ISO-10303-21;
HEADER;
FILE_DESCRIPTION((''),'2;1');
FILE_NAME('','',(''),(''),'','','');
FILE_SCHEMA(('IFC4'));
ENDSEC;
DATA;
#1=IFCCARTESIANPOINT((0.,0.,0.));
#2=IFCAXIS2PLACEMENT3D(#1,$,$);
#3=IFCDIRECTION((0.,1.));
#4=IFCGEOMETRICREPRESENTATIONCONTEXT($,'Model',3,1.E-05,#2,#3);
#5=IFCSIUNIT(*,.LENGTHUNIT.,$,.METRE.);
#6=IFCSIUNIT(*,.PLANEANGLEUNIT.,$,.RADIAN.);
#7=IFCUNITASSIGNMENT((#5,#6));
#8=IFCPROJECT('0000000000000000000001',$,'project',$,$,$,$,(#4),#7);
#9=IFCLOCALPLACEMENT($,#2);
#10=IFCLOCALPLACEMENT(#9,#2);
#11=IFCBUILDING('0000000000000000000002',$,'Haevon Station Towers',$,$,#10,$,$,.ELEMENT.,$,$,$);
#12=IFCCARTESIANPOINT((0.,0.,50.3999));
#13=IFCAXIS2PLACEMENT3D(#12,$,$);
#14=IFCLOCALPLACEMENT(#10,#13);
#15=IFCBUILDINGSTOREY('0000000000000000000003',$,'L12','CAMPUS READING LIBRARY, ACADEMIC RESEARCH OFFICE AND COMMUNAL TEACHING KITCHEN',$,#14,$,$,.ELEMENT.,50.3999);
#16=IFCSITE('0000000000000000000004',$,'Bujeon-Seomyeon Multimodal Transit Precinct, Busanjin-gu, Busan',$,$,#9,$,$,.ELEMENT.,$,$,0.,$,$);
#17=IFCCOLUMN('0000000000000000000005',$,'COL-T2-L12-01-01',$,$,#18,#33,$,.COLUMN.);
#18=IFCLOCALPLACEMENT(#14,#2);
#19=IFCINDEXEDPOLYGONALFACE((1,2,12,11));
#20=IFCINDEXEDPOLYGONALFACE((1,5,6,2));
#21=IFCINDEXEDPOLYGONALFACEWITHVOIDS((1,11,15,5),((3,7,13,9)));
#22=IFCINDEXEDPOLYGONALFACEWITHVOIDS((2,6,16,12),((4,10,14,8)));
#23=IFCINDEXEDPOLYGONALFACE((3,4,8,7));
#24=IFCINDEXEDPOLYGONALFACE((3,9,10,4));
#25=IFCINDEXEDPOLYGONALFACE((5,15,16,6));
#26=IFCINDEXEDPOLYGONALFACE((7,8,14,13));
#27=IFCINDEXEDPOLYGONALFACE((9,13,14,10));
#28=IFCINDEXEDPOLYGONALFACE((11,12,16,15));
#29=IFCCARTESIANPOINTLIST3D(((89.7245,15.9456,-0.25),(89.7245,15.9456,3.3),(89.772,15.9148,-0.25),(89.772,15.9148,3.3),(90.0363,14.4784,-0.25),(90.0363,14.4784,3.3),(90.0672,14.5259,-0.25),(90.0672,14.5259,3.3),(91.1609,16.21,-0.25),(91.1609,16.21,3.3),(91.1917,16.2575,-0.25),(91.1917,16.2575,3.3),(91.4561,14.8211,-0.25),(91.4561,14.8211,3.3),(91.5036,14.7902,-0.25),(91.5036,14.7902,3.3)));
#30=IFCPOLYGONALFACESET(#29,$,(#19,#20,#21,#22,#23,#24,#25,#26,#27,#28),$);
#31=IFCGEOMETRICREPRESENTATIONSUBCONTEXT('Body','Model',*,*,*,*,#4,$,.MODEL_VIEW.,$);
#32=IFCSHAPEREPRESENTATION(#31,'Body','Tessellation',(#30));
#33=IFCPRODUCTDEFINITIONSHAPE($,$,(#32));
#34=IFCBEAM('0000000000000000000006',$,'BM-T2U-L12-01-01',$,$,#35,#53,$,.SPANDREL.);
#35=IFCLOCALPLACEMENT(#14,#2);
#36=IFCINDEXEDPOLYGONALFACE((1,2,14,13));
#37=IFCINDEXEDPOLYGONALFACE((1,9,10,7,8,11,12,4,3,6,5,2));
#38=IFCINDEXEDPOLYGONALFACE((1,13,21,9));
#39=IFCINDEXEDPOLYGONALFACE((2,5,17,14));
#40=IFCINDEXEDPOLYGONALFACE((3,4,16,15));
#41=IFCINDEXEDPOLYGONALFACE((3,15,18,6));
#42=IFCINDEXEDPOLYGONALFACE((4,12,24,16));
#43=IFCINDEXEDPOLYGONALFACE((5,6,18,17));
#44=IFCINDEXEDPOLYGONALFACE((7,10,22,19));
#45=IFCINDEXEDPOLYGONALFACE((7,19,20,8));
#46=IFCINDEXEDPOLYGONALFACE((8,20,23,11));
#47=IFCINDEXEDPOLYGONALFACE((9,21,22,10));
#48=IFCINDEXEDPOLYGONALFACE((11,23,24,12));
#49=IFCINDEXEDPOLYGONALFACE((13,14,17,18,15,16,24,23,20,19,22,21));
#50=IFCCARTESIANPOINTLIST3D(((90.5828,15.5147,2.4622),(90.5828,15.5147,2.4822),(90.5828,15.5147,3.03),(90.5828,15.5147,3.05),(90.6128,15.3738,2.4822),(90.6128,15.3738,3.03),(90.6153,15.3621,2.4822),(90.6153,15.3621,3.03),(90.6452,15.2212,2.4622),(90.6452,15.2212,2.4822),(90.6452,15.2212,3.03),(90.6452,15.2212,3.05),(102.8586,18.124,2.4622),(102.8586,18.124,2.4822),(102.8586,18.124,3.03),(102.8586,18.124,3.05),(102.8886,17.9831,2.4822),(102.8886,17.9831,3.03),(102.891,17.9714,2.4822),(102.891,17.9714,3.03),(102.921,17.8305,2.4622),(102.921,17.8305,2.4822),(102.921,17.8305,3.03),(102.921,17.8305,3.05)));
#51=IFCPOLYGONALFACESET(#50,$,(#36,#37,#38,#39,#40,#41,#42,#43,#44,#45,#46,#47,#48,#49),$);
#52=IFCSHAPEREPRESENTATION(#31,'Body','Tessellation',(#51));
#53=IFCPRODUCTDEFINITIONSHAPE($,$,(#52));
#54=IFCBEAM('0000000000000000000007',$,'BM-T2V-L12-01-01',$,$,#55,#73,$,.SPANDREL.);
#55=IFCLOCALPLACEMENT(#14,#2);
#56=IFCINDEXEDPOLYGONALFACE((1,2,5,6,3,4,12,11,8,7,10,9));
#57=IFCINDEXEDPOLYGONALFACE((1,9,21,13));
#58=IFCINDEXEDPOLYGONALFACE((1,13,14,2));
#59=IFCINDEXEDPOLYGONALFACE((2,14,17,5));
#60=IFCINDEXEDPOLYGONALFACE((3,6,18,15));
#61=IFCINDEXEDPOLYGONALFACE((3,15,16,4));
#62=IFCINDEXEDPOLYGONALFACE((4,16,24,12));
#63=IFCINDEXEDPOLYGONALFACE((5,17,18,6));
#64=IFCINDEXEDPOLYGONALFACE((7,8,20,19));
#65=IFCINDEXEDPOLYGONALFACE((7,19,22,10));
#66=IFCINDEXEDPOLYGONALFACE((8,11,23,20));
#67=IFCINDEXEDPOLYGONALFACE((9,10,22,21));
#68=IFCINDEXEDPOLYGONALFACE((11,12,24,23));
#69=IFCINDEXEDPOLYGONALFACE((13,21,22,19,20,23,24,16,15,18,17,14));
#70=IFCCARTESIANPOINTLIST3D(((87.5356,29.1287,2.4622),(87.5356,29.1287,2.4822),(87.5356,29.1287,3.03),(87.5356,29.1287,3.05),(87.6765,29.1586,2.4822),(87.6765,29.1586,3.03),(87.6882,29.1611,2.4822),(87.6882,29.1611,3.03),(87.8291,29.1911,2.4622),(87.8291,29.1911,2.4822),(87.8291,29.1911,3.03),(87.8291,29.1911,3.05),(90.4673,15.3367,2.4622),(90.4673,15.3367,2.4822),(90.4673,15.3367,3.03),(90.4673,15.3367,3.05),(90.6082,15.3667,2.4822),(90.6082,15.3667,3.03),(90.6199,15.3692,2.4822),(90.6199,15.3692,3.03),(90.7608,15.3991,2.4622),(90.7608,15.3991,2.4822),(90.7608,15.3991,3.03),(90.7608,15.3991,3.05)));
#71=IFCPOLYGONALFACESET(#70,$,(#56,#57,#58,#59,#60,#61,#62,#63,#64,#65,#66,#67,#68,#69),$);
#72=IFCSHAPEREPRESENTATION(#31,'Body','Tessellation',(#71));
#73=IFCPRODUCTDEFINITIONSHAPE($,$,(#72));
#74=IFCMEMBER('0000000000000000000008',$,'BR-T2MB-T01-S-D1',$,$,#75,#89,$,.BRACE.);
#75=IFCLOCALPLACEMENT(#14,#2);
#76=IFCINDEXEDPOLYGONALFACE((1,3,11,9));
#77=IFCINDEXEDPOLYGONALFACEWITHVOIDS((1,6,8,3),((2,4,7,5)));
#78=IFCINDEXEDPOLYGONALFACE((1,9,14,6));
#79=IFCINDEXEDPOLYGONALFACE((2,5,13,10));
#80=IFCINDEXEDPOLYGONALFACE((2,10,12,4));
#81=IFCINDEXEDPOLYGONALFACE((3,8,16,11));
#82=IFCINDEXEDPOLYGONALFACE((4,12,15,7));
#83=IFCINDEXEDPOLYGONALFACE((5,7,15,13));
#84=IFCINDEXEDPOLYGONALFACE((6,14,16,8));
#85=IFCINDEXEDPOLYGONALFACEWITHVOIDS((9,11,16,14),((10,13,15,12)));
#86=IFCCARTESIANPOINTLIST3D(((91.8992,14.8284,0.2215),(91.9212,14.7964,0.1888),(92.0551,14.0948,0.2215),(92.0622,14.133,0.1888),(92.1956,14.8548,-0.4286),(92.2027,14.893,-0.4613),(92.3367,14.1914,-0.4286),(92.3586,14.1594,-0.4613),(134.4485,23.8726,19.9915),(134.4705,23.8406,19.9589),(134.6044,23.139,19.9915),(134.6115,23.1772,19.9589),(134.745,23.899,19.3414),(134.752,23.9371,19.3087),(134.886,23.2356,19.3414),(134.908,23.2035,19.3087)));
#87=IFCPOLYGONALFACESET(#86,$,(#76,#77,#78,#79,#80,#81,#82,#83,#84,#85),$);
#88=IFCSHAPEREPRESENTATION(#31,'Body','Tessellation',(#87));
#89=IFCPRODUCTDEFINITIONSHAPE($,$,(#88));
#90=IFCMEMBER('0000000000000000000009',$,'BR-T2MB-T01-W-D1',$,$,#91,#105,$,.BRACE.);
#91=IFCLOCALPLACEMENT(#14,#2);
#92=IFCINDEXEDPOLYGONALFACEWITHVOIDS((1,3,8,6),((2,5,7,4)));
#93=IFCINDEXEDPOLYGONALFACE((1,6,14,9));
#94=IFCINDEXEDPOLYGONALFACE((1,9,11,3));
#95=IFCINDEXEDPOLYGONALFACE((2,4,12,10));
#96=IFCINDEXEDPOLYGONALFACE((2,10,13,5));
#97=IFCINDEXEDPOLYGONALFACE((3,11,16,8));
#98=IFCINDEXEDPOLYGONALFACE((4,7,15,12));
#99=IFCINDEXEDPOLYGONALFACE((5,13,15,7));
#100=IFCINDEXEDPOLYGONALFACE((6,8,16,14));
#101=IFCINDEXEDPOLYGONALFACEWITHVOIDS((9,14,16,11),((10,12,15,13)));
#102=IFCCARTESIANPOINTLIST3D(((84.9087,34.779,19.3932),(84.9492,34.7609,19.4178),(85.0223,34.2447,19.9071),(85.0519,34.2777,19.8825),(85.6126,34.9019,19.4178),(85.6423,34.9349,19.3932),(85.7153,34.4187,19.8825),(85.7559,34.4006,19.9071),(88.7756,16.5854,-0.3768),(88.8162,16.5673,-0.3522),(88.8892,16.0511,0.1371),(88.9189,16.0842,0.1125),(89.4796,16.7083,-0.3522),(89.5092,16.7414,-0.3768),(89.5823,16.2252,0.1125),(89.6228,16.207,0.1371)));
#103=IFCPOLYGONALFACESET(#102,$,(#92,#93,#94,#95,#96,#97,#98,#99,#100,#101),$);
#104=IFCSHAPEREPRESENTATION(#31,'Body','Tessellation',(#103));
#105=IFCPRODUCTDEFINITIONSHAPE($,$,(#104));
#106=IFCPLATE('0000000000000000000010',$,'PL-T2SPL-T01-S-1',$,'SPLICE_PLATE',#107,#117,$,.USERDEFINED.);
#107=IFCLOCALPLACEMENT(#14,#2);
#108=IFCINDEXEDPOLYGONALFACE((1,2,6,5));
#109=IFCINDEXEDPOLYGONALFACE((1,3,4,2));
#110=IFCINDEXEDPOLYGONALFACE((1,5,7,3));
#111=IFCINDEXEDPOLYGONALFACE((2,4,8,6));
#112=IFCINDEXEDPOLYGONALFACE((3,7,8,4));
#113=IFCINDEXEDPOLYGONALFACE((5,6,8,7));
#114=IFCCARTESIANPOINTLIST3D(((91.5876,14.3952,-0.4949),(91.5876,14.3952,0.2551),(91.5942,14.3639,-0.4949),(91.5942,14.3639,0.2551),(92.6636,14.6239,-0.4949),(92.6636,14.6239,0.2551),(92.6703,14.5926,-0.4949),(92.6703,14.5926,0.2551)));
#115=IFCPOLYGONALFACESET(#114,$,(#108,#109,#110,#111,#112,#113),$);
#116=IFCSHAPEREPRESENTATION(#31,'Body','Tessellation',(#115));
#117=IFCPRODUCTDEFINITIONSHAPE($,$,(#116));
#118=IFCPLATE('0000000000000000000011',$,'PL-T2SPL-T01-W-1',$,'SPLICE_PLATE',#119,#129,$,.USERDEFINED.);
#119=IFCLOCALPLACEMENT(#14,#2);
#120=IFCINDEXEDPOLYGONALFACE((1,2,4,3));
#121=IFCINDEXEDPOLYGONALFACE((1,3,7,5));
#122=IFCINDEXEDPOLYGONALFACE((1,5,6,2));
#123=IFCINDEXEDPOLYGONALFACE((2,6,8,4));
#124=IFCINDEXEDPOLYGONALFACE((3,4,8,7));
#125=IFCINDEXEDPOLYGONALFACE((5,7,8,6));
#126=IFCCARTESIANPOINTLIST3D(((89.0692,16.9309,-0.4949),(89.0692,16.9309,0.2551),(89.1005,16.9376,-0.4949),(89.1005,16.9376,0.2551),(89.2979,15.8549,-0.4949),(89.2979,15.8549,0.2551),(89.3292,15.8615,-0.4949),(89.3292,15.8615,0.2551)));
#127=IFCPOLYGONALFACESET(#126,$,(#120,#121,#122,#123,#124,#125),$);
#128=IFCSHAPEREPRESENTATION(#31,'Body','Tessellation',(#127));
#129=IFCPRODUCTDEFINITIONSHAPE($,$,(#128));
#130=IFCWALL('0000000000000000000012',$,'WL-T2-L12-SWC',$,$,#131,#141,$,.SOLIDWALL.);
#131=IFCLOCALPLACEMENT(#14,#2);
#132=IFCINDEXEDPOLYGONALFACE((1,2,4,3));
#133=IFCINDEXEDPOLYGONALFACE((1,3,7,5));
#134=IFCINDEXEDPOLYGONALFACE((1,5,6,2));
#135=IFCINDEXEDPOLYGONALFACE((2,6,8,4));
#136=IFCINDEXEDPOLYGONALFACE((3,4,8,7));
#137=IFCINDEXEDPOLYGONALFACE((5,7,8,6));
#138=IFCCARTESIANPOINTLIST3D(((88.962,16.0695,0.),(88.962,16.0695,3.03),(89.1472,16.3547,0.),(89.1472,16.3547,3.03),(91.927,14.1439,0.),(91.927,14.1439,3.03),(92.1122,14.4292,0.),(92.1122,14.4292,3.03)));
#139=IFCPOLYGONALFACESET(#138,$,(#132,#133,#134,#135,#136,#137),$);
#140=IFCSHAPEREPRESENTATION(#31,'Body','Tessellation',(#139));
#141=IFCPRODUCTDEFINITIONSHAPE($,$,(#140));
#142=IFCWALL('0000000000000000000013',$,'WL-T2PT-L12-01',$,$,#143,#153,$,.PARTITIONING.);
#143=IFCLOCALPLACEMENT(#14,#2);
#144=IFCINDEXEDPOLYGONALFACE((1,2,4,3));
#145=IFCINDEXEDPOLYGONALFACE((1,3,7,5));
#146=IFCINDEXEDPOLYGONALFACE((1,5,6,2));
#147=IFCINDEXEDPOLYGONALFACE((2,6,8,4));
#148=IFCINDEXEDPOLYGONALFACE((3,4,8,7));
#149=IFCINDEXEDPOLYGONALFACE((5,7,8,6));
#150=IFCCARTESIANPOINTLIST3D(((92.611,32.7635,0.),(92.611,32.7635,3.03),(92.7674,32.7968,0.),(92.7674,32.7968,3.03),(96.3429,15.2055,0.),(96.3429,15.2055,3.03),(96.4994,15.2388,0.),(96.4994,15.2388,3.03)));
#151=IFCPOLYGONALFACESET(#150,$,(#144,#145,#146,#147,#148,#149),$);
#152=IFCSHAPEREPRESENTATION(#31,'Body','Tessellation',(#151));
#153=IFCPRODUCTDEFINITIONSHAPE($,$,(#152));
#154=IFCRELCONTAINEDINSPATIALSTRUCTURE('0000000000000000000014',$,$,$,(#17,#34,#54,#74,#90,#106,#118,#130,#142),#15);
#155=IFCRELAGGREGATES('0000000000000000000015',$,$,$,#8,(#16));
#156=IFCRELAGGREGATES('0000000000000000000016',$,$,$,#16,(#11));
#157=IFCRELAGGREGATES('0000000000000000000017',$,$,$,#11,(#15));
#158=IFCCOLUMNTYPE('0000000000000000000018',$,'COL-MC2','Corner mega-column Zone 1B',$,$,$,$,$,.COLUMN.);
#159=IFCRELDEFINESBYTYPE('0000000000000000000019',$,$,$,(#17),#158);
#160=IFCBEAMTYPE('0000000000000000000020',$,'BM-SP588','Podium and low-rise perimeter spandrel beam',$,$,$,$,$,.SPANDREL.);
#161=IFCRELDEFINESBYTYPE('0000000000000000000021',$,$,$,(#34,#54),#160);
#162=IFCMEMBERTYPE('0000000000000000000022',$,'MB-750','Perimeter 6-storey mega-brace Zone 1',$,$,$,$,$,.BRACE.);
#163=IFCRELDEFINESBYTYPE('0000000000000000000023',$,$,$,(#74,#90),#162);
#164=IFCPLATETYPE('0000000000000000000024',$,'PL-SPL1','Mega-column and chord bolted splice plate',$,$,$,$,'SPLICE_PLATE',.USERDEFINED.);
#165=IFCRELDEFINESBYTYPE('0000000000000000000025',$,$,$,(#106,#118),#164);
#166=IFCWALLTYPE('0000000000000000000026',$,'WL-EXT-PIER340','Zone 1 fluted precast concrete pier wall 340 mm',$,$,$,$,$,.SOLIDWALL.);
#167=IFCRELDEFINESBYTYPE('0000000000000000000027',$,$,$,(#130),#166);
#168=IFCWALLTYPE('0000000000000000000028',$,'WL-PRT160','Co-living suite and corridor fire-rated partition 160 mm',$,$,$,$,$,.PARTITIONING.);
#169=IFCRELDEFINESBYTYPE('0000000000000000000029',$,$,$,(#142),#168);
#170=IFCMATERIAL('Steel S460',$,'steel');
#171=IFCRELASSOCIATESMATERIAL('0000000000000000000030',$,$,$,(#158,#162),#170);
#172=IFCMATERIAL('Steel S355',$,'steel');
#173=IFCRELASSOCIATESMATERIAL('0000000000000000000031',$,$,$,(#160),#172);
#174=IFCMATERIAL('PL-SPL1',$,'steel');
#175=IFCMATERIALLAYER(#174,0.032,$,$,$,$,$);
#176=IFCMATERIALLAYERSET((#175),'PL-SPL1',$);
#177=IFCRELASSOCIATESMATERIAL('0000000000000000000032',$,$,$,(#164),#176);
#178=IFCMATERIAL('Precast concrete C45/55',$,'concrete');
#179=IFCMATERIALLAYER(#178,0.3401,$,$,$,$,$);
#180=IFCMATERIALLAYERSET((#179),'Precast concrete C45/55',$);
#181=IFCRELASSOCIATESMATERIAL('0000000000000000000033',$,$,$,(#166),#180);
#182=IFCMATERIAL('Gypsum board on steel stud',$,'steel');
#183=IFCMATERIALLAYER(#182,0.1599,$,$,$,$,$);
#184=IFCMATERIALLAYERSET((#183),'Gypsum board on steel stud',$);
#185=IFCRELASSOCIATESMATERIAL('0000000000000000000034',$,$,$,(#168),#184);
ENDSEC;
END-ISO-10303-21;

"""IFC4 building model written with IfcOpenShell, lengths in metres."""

from ifc_helpers import new_model, si_unit, direction, frame, frame_2d, origin, origin_2d, place, context, subcontext, project, spatial, rectangle, hollow_rectangle, i_section, extrude, material, layer, layer_set, material_profile, profile_set, type_object, element, save


model = new_model("IFC4")

# Units and contexts
model_context = context("Model", 3, precision=1e-05, world=origin(), true_north=direction((0.0, 1.0)))
body_context = subcontext(model_context, "Body", "Model", "MODEL_VIEW")
ifc_project = project(units=[si_unit("LENGTHUNIT", "METRE"), si_unit("PLANEANGLEUNIT", "RADIAN")], contexts=[model_context])

# Site, building, storey
site_placement = place(None, origin())
site = spatial("IfcSite", under=ifc_project, at=site_placement, Name="Bujeon-Seomyeon Multimodal Transit Precinct, Busanjin-gu, Busan", CompositionType="ELEMENT", RefElevation=0.0)
building_placement = place(site_placement, origin())
building = spatial("IfcBuilding", under=site, at=building_placement, Name="Haevon Station Towers", CompositionType="ELEMENT")
storey_placement = place(building_placement, frame((0.0, 0.0, 50.3999)))
storey = spatial("IfcBuildingStorey", under=building, at=storey_placement, Name="L12", Description="CAMPUS READING LIBRARY, ACADEMIC RESEARCH OFFICE AND COMMUNAL TEACHING KITCHEN", CompositionType="ELEMENT", Elevation=50.3999)

# Column
ifc_material_1 = material(Name="Steel S460", Category="steel")
ifc_material_profile_1 = material_profile(ifc_material_1, hollow_rectangle(XDim=1.5, YDim=1.5, WallThickness=0.04, at=origin_2d()), Name="BOX-1500x1500x40")
ifc_profile_set_1 = profile_set([ifc_material_profile_1], Name="Steel S460")
column_type = type_object("IfcColumnType", Name="COL-MC2", Description="Corner mega-column Zone 1B", PredefinedType="COLUMN", material=ifc_profile_set_1)
column_placement = place(storey_placement, frame((90.614, 15.3679, -0.25), z_axis=(0.0, 0.0, 1.0), x_axis=(0.978148, 0.207912, 0.0)))
element("IfcColumn", 1, at=column_placement, inside=storey, type_object=column_type, Name="COL-T2-L12-01-01", PredefinedType="COLUMN", context=body_context, shape_type="SweptSolid", body=[
    extrude(hollow_rectangle(XDim=1.5, YDim=1.5, WallThickness=0.04, at=origin_2d()), origin(), (0.0, 0.0, 1.0), 3.55),
])

# Beams
ifc_material_2 = material(Name="Steel S355", Category="steel")
ifc_material_profile_2 = material_profile(ifc_material_2, i_section(OverallWidth=0.3, OverallDepth=0.5879, WebThickness=0.012, FlangeThickness=0.02, at=origin_2d()), Name="H-588x300x12x20")
ifc_profile_set_2 = profile_set([ifc_material_profile_2], Name="Steel S355")
beam_type = type_object("IfcBeamType", Name="BM-SP588", Description="Podium and low-rise perimeter spandrel beam", PredefinedType="SPANDREL", material=ifc_profile_set_2)
beam_1_placement = place(storey_placement, frame((90.614, 15.3679, 2.7561), z_axis=(0.978147, 0.207916, 0.0), x_axis=(-0.207916, 0.978147, 0.0)))
element("IfcBeam", 2, at=beam_1_placement, inside=storey, type_object=beam_type, Name="BM-T2U-L12-01-01", PredefinedType="SPANDREL", context=body_context, shape_type="SweptSolid", body=[
    extrude(i_section(OverallWidth=0.3, OverallDepth=0.5879, WebThickness=0.012, FlangeThickness=0.02, at=origin_2d()), origin(), (0.0, 0.0, 1.0), 12.55),
])
beam_2_placement = place(storey_placement, frame((90.614, 15.3679, 2.7561), z_axis=(-0.207916, 0.978147, 0.0), x_axis=(-0.978147, -0.207916, 0.0)))
element("IfcBeam", 3, at=beam_2_placement, inside=storey, type_object=beam_type, Name="BM-T2V-L12-01-01", PredefinedType="SPANDREL", context=body_context, shape_type="SweptSolid", body=[
    extrude(i_section(OverallWidth=0.3, OverallDepth=0.5879, WebThickness=0.012, FlangeThickness=0.02, at=origin_2d()), origin(), (0.0, 0.0, 1.0), 14.1001),
])

# Members
ifc_material_profile_3 = material_profile(ifc_material_1, hollow_rectangle(XDim=0.75, YDim=0.75, WallThickness=0.0359, at=origin_2d()), Name="RHS-750x750x36")
ifc_profile_set_3 = profile_set([ifc_material_profile_3], Name="Steel S460")
member_type = type_object("IfcMemberType", Name="MB-750", Description="Perimeter 6-storey mega-brace Zone 1", PredefinedType="BRACE", material=ifc_profile_set_3)
member_1_placement = place(storey_placement, frame((92.1289, 14.4939, -0.1199), z_axis=(0.890493, 0.189281, 0.413757), x_axis=(-0.207913, 0.978147, 0.0)))
element("IfcMember", 4, at=member_1_placement, inside=storey, type_object=member_type, Name="BR-T2MB-T01-S-D1", PredefinedType="BRACE", context=body_context, shape_type="SweptSolid", body=[
    extrude(hollow_rectangle(XDim=0.75, YDim=0.75, WallThickness=0.0359, at=origin_2d()), origin(), (0.0, 0.0, 1.0), 47.7817),
])
member_2_placement = place(storey_placement, frame((89.1992, 16.3962, -0.1199), z_axis=(-0.142459, 0.670255, 0.72833), x_axis=(-0.97815, -0.2079, 0.0)))
element("IfcMember", 5, at=member_2_placement, inside=storey, type_object=member_type, Name="BR-T2MB-T01-W-D1", PredefinedType="BRACE", context=body_context, shape_type="SweptSolid", body=[
    extrude(hollow_rectangle(XDim=0.75, YDim=0.75, WallThickness=0.0359, at=origin_2d()), origin(), (0.0, 0.0, 1.0), 27.1443),
])

# Plates
ifc_material_3 = material(Name="PL-SPL1", Category="steel")
ifc_layer_1 = layer(ifc_material_3, 0.032)
ifc_layer_set_1 = layer_set([ifc_layer_1], Name="PL-SPL1")
plate_type = type_object("IfcPlateType", Name="PL-SPL1", Description="Mega-column and chord bolted splice plate", ElementType="SPLICE_PLATE", PredefinedType="USERDEFINED", material=ifc_layer_set_1)
for number, where, z_axis, x_axis, name in (
    (6, (92.1289, 14.4939, -0.4949), (0.0, 0.0, 1.0), (0.978148, 0.207912, 0.0), "PL-T2SPL-T01-S-1"),
    (7, (89.1992, 16.3962, -0.4949), (0.0, 0.0, 1.0), (-0.207912, 0.978148, 0.0), "PL-T2SPL-T01-W-1"),
):
    element("IfcPlate", number, at=place(storey_placement, frame(where, z_axis=z_axis, x_axis=x_axis)), inside=storey, type_object=plate_type, Name=name, ObjectType="SPLICE_PLATE", PredefinedType="USERDEFINED", context=body_context, shape_type="SweptSolid", body=[
        extrude(rectangle(XDim=1.1001, YDim=0.032, at=origin_2d()), origin(), (0.0, 0.0, 1.0), 0.75),
    ])

# Walls
ifc_material_4 = material(Name="Precast concrete C45/55", Category="concrete")
ifc_layer_2 = layer(ifc_material_4, 0.3401)
ifc_layer_set_2 = layer_set([ifc_layer_2], Name="Precast concrete C45/55")
wall_type_1 = type_object("IfcWallType", Name="WL-EXT-PIER340", Description="Zone 1 fluted precast concrete pier wall 340 mm", PredefinedType="SOLIDWALL", material=ifc_layer_set_2)
wall_1_placement = place(storey_placement, frame((92.0195, 14.2866, 0.0), z_axis=(0.0, 0.0, 1.0), x_axis=(-0.838672, 0.544636, 0.0)))
element("IfcWall", 8, at=wall_1_placement, inside=storey, type_object=wall_type_1, Name="WL-T2-L12-SWC", PredefinedType="SOLIDWALL", context=body_context, shape_type="SweptSolid", body=[
    extrude(rectangle(XDim=3.5354, YDim=0.3401, at=frame_2d((1.7676, 0.0))), origin(), (0.0, 0.0, 1.0), 3.03),
])
ifc_material_5 = material(Name="Gypsum board on steel stud", Category="steel")
ifc_layer_3 = layer(ifc_material_5, 0.1599)
ifc_layer_set_3 = layer_set([ifc_layer_3], Name="Gypsum board on steel stud")
wall_type_2 = type_object("IfcWallType", Name="WL-PRT160", Description="Co-living suite and corridor fire-rated partition 160 mm", PredefinedType="PARTITIONING", material=ifc_layer_set_3)
wall_2_placement = place(storey_placement, frame((96.4211, 15.2222, 0.0), z_axis=(0.0, 0.0, 1.0), x_axis=(-0.207906, 0.978149, 0.0)))
element("IfcWall", 9, at=wall_2_placement, inside=storey, type_object=wall_type_2, Name="WL-T2PT-L12-01", PredefinedType="PARTITIONING", context=body_context, shape_type="SweptSolid", body=[
    extrude(rectangle(XDim=17.9502, YDim=0.1599, at=frame_2d((8.9751, 0.0))), origin(), (0.0, 0.0, 1.0), 3.03),
])

save(model, "model.ifc")
